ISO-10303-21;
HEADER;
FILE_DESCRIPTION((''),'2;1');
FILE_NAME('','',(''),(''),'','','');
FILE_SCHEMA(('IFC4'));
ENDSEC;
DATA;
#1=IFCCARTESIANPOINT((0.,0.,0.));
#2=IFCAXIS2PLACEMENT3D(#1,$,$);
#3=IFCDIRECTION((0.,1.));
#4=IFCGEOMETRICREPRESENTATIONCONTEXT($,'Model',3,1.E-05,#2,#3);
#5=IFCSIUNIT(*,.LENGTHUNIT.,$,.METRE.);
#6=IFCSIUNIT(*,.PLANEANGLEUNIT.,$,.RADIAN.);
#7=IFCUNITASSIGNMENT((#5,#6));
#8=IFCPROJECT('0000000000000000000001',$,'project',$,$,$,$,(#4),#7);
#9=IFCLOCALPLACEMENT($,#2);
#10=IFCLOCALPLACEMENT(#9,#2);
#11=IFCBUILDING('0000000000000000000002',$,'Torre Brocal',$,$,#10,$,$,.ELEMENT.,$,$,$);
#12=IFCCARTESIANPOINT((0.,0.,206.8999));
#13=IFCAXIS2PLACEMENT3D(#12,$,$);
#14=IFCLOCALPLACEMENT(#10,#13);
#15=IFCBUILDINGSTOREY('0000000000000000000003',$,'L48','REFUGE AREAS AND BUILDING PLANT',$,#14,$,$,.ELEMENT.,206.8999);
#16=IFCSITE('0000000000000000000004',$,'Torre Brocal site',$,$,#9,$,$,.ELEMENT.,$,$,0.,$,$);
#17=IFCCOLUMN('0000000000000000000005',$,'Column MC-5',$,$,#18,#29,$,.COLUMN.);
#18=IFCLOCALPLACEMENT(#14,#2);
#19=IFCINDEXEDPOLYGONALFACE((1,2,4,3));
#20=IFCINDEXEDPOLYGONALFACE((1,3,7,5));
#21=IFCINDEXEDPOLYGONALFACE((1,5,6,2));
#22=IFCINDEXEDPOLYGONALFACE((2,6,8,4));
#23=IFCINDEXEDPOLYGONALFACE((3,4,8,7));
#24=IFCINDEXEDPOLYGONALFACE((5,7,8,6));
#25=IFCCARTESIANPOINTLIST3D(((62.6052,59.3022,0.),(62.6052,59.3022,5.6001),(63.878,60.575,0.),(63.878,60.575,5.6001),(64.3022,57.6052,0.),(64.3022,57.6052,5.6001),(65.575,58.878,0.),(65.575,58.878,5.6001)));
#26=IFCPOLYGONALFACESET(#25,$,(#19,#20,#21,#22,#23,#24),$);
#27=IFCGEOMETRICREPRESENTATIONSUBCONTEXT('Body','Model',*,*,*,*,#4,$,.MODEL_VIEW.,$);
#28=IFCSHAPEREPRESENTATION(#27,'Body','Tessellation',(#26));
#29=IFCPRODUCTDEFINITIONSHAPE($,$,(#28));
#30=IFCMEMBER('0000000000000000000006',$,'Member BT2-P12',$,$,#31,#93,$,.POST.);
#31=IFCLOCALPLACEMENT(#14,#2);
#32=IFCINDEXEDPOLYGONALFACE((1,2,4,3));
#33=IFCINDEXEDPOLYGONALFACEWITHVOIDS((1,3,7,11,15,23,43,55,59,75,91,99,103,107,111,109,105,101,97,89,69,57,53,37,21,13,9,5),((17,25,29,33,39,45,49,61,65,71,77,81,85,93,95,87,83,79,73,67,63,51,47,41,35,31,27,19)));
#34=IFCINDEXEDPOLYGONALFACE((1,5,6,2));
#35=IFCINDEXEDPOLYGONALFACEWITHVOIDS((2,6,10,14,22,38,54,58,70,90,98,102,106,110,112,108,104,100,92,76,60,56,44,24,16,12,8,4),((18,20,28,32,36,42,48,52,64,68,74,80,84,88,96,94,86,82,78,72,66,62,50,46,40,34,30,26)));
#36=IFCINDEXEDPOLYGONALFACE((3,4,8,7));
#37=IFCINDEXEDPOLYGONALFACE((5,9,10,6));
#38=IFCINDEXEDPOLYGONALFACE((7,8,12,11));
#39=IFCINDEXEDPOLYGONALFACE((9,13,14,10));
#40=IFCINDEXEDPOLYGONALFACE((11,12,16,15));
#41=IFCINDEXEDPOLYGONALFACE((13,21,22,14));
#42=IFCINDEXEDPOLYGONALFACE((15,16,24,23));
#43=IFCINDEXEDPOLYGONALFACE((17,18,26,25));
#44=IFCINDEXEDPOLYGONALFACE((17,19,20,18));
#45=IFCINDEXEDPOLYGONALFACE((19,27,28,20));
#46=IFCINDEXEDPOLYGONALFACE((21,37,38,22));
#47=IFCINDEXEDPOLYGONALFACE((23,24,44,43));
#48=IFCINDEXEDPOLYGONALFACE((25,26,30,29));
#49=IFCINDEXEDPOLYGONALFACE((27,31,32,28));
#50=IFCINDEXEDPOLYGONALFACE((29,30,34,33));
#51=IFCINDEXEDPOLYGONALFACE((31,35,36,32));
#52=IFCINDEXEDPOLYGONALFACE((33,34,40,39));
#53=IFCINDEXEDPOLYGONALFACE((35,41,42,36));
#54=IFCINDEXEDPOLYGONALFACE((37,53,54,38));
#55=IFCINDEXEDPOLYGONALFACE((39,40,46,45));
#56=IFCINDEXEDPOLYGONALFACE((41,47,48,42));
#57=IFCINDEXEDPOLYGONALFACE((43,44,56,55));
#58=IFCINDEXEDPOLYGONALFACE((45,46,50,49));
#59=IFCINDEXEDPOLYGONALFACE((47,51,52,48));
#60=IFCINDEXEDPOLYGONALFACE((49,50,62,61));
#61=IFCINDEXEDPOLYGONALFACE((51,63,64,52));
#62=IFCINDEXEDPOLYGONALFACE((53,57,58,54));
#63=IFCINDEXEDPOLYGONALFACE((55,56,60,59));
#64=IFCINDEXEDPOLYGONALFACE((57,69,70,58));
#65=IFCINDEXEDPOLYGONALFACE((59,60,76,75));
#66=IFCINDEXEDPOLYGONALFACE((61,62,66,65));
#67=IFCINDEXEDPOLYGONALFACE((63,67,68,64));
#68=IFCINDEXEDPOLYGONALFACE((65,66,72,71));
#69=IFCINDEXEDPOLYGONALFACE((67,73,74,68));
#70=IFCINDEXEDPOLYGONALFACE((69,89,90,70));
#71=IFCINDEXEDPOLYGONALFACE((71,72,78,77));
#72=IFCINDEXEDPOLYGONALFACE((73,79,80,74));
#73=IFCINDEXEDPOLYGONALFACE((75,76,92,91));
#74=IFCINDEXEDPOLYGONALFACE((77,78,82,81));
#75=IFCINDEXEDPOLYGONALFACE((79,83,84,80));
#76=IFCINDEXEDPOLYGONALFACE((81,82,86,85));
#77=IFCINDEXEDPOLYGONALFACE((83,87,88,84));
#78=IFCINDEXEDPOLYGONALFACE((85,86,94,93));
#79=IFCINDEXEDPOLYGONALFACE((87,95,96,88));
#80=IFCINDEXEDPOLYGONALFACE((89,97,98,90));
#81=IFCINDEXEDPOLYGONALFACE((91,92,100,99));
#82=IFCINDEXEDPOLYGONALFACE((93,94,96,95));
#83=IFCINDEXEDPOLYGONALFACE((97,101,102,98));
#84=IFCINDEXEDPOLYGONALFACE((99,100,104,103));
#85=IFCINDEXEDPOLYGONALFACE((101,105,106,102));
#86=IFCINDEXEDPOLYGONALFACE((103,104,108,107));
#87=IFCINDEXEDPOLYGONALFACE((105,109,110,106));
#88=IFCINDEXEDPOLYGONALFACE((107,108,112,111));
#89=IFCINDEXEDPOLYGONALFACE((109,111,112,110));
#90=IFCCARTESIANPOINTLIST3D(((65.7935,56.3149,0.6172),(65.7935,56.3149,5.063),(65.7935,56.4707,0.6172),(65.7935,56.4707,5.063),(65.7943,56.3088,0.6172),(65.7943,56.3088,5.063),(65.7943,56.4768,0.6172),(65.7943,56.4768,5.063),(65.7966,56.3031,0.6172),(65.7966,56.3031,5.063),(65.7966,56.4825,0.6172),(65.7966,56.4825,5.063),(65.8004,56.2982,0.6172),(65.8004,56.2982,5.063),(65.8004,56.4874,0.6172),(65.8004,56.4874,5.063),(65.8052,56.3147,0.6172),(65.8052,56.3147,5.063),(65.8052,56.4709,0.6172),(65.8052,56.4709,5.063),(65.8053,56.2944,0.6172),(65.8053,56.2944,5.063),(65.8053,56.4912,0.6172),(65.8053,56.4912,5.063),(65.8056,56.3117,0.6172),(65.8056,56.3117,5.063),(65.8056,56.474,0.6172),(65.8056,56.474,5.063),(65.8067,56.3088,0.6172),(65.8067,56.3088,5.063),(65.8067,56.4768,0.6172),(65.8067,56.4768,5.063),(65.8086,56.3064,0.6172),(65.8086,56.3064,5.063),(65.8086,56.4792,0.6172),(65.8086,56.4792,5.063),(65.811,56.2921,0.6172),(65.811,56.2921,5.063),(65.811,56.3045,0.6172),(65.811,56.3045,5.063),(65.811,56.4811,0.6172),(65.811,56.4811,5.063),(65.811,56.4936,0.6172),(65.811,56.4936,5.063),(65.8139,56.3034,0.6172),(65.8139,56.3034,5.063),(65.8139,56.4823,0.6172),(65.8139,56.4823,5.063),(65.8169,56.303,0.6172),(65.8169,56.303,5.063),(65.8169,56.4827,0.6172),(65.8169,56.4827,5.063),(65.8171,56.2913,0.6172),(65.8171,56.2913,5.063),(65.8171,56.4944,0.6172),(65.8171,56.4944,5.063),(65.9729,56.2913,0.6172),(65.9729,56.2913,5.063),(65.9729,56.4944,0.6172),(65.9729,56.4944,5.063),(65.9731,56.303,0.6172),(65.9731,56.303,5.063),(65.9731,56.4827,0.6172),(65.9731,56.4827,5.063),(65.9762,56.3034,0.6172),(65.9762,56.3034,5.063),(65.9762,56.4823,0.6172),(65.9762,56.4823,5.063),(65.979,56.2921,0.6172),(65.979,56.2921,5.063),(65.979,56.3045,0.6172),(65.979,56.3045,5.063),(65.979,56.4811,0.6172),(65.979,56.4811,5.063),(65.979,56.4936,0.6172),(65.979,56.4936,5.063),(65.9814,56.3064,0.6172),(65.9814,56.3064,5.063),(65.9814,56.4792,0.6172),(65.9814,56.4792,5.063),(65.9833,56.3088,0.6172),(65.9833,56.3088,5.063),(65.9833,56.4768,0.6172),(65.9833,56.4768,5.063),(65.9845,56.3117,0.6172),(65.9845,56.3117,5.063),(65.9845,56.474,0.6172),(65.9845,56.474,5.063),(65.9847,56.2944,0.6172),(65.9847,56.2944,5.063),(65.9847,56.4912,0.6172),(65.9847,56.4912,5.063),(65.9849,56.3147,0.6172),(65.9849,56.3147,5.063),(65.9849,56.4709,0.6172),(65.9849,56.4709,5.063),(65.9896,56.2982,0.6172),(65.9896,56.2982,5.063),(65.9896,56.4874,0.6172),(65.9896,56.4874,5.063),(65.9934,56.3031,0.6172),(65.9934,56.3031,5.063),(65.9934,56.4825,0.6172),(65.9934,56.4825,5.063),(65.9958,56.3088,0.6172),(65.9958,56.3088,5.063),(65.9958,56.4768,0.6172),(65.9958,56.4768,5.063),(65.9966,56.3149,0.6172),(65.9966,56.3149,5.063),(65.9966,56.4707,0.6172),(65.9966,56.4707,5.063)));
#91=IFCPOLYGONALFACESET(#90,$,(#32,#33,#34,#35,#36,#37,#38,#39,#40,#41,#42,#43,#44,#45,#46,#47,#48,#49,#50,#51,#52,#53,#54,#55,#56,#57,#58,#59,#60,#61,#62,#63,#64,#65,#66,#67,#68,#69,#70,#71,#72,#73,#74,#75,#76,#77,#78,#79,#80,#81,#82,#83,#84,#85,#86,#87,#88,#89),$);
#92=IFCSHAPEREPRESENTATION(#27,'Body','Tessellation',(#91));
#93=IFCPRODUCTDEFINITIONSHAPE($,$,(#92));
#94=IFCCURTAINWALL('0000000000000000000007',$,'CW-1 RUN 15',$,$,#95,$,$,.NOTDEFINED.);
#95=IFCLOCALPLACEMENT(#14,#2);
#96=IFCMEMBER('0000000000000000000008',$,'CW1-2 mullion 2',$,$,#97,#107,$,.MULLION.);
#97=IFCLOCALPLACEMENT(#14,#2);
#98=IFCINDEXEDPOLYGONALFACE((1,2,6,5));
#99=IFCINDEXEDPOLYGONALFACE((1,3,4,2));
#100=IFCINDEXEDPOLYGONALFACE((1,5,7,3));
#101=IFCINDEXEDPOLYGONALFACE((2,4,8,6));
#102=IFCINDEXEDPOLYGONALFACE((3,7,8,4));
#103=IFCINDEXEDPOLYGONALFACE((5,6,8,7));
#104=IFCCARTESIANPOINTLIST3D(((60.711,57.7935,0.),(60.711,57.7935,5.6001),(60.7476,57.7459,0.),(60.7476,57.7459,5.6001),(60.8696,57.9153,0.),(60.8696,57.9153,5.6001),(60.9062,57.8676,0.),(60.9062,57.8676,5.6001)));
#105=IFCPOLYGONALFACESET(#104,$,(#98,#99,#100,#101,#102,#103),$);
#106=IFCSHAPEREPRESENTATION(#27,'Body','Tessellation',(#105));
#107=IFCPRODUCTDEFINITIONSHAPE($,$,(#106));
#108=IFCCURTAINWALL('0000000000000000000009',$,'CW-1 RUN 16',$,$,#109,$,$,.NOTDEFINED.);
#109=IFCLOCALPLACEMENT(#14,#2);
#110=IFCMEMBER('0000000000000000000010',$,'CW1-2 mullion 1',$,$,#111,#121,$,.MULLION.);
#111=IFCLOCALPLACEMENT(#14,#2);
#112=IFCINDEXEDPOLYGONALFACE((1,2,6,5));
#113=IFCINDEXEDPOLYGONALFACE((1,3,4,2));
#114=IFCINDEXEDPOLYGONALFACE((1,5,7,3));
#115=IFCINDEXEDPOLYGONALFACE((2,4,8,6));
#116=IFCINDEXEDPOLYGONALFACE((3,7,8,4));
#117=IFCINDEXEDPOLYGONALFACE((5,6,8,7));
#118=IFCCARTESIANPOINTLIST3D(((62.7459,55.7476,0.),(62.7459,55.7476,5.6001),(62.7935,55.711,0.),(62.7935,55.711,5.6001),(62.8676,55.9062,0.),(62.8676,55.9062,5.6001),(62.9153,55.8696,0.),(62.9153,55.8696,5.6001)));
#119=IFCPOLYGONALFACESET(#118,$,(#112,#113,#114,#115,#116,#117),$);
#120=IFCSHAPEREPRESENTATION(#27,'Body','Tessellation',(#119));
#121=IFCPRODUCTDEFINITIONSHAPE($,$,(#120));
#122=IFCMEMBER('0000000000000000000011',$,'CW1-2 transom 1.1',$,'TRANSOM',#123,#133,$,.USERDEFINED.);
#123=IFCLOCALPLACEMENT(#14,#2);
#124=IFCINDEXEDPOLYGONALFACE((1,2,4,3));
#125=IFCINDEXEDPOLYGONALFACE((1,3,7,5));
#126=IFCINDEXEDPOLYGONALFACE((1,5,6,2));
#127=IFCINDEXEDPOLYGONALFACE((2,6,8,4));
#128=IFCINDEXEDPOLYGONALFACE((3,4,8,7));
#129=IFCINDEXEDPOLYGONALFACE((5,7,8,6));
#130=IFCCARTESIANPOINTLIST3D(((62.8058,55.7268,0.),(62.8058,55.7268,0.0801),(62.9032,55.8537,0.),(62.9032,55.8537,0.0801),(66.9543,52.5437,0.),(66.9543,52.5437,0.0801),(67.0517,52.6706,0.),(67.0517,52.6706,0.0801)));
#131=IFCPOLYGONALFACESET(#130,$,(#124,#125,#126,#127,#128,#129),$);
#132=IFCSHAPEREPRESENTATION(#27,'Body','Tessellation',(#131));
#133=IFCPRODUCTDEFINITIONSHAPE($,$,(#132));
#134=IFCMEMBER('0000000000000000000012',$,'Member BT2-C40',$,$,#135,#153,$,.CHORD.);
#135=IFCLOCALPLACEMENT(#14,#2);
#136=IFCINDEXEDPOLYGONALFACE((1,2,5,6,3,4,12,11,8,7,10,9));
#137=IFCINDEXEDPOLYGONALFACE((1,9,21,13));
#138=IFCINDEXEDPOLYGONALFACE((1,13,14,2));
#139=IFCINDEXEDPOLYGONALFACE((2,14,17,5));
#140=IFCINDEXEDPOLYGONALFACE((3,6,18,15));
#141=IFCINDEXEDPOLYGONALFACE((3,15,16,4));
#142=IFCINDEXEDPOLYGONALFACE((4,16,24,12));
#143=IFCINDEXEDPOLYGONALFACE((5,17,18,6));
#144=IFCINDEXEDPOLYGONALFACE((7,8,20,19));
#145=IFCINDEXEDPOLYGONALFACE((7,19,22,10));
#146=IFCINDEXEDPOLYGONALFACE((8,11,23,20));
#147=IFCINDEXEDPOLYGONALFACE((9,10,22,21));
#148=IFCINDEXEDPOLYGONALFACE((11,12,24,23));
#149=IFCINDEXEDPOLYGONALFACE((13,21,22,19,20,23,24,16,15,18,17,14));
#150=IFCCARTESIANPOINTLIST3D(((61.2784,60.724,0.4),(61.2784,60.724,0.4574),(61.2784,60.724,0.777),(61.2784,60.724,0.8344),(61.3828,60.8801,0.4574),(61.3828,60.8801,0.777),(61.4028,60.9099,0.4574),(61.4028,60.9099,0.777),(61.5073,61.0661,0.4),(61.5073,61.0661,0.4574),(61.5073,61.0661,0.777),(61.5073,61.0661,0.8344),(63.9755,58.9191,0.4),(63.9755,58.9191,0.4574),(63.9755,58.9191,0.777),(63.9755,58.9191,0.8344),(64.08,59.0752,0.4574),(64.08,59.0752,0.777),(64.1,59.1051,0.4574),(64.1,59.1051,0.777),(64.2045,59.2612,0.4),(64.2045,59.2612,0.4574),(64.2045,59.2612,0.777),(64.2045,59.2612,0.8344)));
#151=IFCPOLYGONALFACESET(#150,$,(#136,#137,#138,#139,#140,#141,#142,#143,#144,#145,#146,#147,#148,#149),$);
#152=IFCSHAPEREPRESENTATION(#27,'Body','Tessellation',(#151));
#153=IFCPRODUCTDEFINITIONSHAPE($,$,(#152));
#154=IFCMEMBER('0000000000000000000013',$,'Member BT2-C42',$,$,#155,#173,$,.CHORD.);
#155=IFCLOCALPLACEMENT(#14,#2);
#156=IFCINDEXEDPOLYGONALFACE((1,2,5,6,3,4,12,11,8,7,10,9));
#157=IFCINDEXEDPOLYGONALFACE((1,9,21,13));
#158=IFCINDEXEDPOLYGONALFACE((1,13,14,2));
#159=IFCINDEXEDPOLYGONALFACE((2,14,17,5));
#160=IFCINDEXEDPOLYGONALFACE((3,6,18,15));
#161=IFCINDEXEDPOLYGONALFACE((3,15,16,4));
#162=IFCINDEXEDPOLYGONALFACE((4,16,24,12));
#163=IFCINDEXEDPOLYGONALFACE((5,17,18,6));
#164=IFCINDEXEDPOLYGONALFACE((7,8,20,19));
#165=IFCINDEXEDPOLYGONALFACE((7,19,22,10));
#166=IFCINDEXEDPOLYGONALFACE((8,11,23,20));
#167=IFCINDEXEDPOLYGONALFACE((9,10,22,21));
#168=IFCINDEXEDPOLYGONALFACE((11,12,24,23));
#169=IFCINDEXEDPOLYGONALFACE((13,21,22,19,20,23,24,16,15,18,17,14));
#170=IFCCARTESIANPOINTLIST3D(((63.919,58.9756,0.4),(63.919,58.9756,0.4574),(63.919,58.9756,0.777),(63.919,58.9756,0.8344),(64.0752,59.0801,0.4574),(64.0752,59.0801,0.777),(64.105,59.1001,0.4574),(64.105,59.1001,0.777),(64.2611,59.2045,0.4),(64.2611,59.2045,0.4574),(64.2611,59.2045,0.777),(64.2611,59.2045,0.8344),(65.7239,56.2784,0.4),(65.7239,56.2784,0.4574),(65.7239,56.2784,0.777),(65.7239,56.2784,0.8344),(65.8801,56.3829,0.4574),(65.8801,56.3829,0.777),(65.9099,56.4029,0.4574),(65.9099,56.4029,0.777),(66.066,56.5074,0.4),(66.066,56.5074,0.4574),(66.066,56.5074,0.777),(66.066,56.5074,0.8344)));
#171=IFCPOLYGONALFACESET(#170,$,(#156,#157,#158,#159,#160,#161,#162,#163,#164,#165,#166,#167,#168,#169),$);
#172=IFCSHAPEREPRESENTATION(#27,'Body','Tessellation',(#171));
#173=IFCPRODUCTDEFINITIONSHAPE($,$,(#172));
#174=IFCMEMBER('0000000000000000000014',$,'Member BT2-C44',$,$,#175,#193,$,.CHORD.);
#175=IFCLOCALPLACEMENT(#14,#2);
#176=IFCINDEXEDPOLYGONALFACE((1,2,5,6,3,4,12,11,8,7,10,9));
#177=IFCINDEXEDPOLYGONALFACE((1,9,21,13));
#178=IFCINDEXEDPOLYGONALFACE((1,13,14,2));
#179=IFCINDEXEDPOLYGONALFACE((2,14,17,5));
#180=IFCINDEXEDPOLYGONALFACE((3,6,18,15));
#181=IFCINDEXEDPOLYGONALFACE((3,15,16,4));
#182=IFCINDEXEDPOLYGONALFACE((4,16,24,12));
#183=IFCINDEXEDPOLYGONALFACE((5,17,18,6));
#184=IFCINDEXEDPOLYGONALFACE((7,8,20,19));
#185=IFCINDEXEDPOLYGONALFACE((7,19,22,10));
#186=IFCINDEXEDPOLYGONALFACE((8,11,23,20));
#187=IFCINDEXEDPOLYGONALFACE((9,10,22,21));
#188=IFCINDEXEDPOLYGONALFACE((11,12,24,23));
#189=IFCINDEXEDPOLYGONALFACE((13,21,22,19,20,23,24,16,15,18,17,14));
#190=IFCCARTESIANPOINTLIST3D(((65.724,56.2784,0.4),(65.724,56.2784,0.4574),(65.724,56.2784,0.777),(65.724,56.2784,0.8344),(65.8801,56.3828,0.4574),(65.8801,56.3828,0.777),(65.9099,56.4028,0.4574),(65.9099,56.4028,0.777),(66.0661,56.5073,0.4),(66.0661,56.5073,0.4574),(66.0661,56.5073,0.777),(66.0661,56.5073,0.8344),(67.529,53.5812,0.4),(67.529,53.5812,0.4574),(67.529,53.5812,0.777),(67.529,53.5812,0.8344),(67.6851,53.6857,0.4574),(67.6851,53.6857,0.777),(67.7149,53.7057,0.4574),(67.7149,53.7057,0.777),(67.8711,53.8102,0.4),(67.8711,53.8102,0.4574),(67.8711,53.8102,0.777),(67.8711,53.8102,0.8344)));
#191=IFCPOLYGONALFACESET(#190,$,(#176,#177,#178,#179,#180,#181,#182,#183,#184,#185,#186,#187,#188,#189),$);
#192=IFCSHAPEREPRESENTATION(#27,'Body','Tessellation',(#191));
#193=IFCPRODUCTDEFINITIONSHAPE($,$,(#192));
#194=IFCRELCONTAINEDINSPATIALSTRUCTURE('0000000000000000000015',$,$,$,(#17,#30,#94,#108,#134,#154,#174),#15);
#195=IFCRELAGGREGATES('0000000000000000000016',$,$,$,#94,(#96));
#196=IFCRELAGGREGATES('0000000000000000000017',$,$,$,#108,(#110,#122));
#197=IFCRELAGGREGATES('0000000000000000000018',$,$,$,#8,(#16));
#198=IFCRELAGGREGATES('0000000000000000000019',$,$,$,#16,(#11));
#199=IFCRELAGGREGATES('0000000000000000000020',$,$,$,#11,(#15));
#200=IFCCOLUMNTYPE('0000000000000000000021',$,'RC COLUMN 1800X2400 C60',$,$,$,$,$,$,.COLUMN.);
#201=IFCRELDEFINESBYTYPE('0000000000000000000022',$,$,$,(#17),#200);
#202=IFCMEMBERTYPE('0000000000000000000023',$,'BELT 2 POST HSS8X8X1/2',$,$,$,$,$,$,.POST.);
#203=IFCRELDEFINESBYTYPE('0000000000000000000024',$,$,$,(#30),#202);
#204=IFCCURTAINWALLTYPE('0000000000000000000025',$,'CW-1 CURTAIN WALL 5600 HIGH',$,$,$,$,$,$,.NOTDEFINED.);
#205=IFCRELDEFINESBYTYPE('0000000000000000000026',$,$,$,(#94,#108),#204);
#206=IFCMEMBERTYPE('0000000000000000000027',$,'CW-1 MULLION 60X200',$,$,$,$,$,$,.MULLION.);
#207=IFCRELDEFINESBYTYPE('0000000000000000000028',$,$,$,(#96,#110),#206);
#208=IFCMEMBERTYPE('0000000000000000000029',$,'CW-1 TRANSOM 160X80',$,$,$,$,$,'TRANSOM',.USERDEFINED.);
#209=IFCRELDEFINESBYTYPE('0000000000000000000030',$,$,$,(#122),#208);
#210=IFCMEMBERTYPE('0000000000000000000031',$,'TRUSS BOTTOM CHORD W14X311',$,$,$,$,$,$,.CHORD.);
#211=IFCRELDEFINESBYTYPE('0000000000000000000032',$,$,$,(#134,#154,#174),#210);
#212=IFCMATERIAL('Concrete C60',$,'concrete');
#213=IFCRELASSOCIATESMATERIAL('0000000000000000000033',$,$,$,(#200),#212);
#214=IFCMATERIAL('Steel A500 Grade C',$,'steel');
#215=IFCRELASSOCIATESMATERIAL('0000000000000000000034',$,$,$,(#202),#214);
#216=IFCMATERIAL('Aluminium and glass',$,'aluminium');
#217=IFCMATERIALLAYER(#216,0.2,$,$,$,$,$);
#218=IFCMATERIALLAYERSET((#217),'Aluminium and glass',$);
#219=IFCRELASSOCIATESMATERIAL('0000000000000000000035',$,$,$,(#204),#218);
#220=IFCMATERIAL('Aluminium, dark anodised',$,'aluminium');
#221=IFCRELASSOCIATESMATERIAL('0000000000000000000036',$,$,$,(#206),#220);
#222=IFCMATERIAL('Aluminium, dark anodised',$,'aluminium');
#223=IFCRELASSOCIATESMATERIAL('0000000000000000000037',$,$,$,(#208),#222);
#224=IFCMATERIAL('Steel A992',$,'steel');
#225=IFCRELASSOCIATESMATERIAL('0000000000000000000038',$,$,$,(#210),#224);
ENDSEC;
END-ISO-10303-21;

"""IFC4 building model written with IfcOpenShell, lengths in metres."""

from ifc_helpers import new_model, si_unit, direction, frame, origin, origin_2d, place, context, subcontext, project, spatial, rectangle, hollow_rectangle, i_section, extrude, material, layer, layer_set, material_profile, profile_set, type_object, element, aggregate, save


model = new_model("IFC4")

# Units and contexts
model_context = context("Model", 3, precision=1e-05, world=origin(), true_north=direction((0.0, 1.0)))
body_context = subcontext(model_context, "Body", "Model", "MODEL_VIEW")
ifc_project = project(units=[si_unit("LENGTHUNIT", "METRE"), si_unit("PLANEANGLEUNIT", "RADIAN")], contexts=[model_context])

# Site, building, storey
site_placement = place(None, origin())
site = spatial("IfcSite", under=ifc_project, at=site_placement, Name="Torre Brocal site", CompositionType="ELEMENT", RefElevation=0.0)
building_placement = place(site_placement, origin())
building = spatial("IfcBuilding", under=site, at=building_placement, Name="Torre Brocal", CompositionType="ELEMENT")
storey_placement = place(building_placement, frame((0.0, 0.0, 206.8999)))
storey = spatial("IfcBuildingStorey", under=building, at=storey_placement, Name="L48", Description="REFUGE AREAS AND BUILDING PLANT", CompositionType="ELEMENT", Elevation=206.8999)

# Column
ifc_material_1 = material(Name="Concrete C60", Category="concrete")
ifc_material_profile_1 = material_profile(ifc_material_1, rectangle(XDim=1.8, YDim=2.3999, at=origin_2d()), Name="RC 1800X2400")
ifc_profile_set_1 = profile_set([ifc_material_profile_1], Name="Concrete C60")
column_type = type_object("IfcColumnType", Name="RC COLUMN 1800X2400 C60", PredefinedType="COLUMN", material=ifc_profile_set_1)
column_placement = place(storey_placement, frame((64.0901, 59.0901, 0.0), z_axis=(0.0, 0.0, 1.0), x_axis=(-0.707107, -0.707107, 0.0)))
element("IfcColumn", 1, at=column_placement, inside=storey, type_object=column_type, Name="Column MC-5", PredefinedType="COLUMN", context=body_context, shape_type="SweptSolid", body=[
    extrude(rectangle(XDim=1.8, YDim=2.3999, at=origin_2d()), origin(), (0.0, 0.0, 1.0), 5.6001),
])

# Member
ifc_material_2 = material(Name="Steel A500 Grade C", Category="steel")
ifc_material_profile_2 = material_profile(ifc_material_2, hollow_rectangle(XDim=0.2031, YDim=0.2031, WallThickness=0.0117, InnerFilletRadius=0.0117, OuterFilletRadius=0.0237, at=origin_2d()), Name="HSS8X8X1/2")
ifc_profile_set_2 = profile_set([ifc_material_profile_2], Name="Steel A500 Grade C")
member_type_1 = type_object("IfcMemberType", Name="BELT 2 POST HSS8X8X1/2", PredefinedType="POST", material=ifc_profile_set_2)
member_1_placement = place(storey_placement, frame((65.895, 56.3928, 0.6172), z_axis=(0.0, 0.0, 1.0), x_axis=(1.0, 0.0, 0.0)))
element("IfcMember", 2, at=member_1_placement, inside=storey, type_object=member_type_1, Name="Member BT2-P12", PredefinedType="POST", context=body_context, shape_type="SweptSolid", body=[
    extrude(hollow_rectangle(XDim=0.2031, YDim=0.2031, WallThickness=0.0117, InnerFilletRadius=0.0117, OuterFilletRadius=0.0237, at=origin_2d()), origin(), (0.0, 0.0, 1.0), 4.4458),
])

# Curtain wall, member
ifc_material_3 = material(Name="Aluminium and glass", Category="aluminium")
ifc_layer_1 = layer(ifc_material_3, 0.2)
ifc_layer_set_1 = layer_set([ifc_layer_1], Name="Aluminium and glass")
curtain_wall_type = type_object("IfcCurtainWallType", Name="CW-1 CURTAIN WALL 5600 HIGH", PredefinedType="NOTDEFINED", material=ifc_layer_set_1)
curtain_wall_1_placement = place(storey_placement, origin())
curtain_wall_1 = element("IfcCurtainWall", 3, at=curtain_wall_1_placement, inside=storey, type_object=curtain_wall_type, Name="CW-1 RUN 15", PredefinedType="NOTDEFINED")
ifc_material_4 = material(Name="Aluminium, dark anodised", Category="aluminium")
ifc_material_profile_3 = material_profile(ifc_material_4, rectangle(XDim=0.2, YDim=0.0601, at=origin_2d()), Name="CW-1 MULLION 60X200")
ifc_profile_set_3 = profile_set([ifc_material_profile_3], Name="Aluminium, dark anodised")
member_type_2 = type_object("IfcMemberType", Name="CW-1 MULLION 60X200", PredefinedType="MULLION", material=ifc_profile_set_3)
member_2_placement = place(storey_placement, frame((60.8086, 57.8306, 0.0), z_axis=(0.0, 0.0, 1.0), x_axis=(0.793353, 0.608761, 0.0)))
member_2 = element("IfcMember", 4, at=member_2_placement, type_object=member_type_2, Name="CW1-2 mullion 2", PredefinedType="MULLION", context=body_context, shape_type="SweptSolid", body=[
    extrude(rectangle(XDim=0.2, YDim=0.0601, at=origin_2d()), origin(), (0.0, 0.0, 1.0), 5.6001),
])

# Curtain wall, members
curtain_wall_2_placement = place(storey_placement, origin())
curtain_wall_2 = element("IfcCurtainWall", 5, at=curtain_wall_2_placement, inside=storey, type_object=curtain_wall_type, Name="CW-1 RUN 16", PredefinedType="NOTDEFINED")
member_3_placement = place(storey_placement, frame((62.8306, 55.8086, 0.0), z_axis=(0.0, 0.0, 1.0), x_axis=(0.608761, 0.793353, 0.0)))
member_3 = element("IfcMember", 6, at=member_3_placement, type_object=member_type_2, Name="CW1-2 mullion 1", PredefinedType="MULLION", context=body_context, shape_type="SweptSolid", body=[
    extrude(rectangle(XDim=0.2, YDim=0.0601, at=origin_2d()), origin(), (0.0, 0.0, 1.0), 5.6001),
])
ifc_material_5 = material(Name="Aluminium, dark anodised", Category="aluminium")
ifc_material_profile_4 = material_profile(ifc_material_5, rectangle(XDim=0.1599, YDim=0.0801, at=origin_2d()), Name="CW-1 TRANSOM 160X80")
ifc_profile_set_4 = profile_set([ifc_material_profile_4], Name="Aluminium, dark anodised")
member_type_3 = type_object("IfcMemberType", Name="CW-1 TRANSOM 160X80", ElementType="TRANSOM", PredefinedType="USERDEFINED", material=ifc_profile_set_4)
member_4_placement = place(storey_placement, frame((62.8545, 55.7903, 0.04), z_axis=(0.793363, -0.608749, 0.0), x_axis=(0.608749, 0.793363, 0.0)))
member_4 = element("IfcMember", 7, at=member_4_placement, type_object=member_type_3, Name="CW1-2 transom 1.1", ObjectType="TRANSOM", PredefinedType="USERDEFINED", context=body_context, shape_type="SweptSolid", body=[
    extrude(rectangle(XDim=0.1599, YDim=0.0801, at=origin_2d()), origin(), (0.0, 0.0, 1.0), 5.229),
])

# Members
ifc_material_6 = material(Name="Steel A992", Category="steel")
ifc_material_profile_5 = material_profile(ifc_material_6, i_section(OverallWidth=0.4116, OverallDepth=0.4343, WebThickness=0.0359, FlangeThickness=0.0574, at=origin_2d()), Name="W14X311")
ifc_profile_set_5 = profile_set([ifc_material_profile_5], Name="Steel A992")
member_type_4 = type_object("IfcMemberType", Name="TRUSS BOTTOM CHORD W14X311", PredefinedType="CHORD", material=ifc_profile_set_5)
for number, where, z_axis, x_axis, name in (
    (8, (61.3928, 60.895, 0.6172), (0.831088, -0.55614, 0.0), (0.55614, 0.831088, 0.0), "Member BT2-C40"),
    (9, (64.0901, 59.0901, 0.6172), (0.55614, -0.831088, 0.0), (0.831088, 0.55614, 0.0), "Member BT2-C42"),
    (10, (65.895, 56.3928, 0.6172), (0.556175, -0.831065, 0.0), (0.831065, 0.556175, 0.0), "Member BT2-C44"),
):
    element("IfcMember", number, at=place(storey_placement, frame(where, z_axis=z_axis, x_axis=x_axis)), inside=storey, type_object=member_type_4, Name=name, PredefinedType="CHORD", context=body_context, shape_type="SweptSolid", body=[
        extrude(i_section(OverallWidth=0.4116, OverallDepth=0.4343, WebThickness=0.0359, FlangeThickness=0.0574, at=origin_2d()), origin(), (0.0, 0.0, 1.0), 3.2454),
    ])

aggregate(curtain_wall_1, [member_2])
aggregate(curtain_wall_2, [member_3, member_4])

save(model, "model.ifc")
